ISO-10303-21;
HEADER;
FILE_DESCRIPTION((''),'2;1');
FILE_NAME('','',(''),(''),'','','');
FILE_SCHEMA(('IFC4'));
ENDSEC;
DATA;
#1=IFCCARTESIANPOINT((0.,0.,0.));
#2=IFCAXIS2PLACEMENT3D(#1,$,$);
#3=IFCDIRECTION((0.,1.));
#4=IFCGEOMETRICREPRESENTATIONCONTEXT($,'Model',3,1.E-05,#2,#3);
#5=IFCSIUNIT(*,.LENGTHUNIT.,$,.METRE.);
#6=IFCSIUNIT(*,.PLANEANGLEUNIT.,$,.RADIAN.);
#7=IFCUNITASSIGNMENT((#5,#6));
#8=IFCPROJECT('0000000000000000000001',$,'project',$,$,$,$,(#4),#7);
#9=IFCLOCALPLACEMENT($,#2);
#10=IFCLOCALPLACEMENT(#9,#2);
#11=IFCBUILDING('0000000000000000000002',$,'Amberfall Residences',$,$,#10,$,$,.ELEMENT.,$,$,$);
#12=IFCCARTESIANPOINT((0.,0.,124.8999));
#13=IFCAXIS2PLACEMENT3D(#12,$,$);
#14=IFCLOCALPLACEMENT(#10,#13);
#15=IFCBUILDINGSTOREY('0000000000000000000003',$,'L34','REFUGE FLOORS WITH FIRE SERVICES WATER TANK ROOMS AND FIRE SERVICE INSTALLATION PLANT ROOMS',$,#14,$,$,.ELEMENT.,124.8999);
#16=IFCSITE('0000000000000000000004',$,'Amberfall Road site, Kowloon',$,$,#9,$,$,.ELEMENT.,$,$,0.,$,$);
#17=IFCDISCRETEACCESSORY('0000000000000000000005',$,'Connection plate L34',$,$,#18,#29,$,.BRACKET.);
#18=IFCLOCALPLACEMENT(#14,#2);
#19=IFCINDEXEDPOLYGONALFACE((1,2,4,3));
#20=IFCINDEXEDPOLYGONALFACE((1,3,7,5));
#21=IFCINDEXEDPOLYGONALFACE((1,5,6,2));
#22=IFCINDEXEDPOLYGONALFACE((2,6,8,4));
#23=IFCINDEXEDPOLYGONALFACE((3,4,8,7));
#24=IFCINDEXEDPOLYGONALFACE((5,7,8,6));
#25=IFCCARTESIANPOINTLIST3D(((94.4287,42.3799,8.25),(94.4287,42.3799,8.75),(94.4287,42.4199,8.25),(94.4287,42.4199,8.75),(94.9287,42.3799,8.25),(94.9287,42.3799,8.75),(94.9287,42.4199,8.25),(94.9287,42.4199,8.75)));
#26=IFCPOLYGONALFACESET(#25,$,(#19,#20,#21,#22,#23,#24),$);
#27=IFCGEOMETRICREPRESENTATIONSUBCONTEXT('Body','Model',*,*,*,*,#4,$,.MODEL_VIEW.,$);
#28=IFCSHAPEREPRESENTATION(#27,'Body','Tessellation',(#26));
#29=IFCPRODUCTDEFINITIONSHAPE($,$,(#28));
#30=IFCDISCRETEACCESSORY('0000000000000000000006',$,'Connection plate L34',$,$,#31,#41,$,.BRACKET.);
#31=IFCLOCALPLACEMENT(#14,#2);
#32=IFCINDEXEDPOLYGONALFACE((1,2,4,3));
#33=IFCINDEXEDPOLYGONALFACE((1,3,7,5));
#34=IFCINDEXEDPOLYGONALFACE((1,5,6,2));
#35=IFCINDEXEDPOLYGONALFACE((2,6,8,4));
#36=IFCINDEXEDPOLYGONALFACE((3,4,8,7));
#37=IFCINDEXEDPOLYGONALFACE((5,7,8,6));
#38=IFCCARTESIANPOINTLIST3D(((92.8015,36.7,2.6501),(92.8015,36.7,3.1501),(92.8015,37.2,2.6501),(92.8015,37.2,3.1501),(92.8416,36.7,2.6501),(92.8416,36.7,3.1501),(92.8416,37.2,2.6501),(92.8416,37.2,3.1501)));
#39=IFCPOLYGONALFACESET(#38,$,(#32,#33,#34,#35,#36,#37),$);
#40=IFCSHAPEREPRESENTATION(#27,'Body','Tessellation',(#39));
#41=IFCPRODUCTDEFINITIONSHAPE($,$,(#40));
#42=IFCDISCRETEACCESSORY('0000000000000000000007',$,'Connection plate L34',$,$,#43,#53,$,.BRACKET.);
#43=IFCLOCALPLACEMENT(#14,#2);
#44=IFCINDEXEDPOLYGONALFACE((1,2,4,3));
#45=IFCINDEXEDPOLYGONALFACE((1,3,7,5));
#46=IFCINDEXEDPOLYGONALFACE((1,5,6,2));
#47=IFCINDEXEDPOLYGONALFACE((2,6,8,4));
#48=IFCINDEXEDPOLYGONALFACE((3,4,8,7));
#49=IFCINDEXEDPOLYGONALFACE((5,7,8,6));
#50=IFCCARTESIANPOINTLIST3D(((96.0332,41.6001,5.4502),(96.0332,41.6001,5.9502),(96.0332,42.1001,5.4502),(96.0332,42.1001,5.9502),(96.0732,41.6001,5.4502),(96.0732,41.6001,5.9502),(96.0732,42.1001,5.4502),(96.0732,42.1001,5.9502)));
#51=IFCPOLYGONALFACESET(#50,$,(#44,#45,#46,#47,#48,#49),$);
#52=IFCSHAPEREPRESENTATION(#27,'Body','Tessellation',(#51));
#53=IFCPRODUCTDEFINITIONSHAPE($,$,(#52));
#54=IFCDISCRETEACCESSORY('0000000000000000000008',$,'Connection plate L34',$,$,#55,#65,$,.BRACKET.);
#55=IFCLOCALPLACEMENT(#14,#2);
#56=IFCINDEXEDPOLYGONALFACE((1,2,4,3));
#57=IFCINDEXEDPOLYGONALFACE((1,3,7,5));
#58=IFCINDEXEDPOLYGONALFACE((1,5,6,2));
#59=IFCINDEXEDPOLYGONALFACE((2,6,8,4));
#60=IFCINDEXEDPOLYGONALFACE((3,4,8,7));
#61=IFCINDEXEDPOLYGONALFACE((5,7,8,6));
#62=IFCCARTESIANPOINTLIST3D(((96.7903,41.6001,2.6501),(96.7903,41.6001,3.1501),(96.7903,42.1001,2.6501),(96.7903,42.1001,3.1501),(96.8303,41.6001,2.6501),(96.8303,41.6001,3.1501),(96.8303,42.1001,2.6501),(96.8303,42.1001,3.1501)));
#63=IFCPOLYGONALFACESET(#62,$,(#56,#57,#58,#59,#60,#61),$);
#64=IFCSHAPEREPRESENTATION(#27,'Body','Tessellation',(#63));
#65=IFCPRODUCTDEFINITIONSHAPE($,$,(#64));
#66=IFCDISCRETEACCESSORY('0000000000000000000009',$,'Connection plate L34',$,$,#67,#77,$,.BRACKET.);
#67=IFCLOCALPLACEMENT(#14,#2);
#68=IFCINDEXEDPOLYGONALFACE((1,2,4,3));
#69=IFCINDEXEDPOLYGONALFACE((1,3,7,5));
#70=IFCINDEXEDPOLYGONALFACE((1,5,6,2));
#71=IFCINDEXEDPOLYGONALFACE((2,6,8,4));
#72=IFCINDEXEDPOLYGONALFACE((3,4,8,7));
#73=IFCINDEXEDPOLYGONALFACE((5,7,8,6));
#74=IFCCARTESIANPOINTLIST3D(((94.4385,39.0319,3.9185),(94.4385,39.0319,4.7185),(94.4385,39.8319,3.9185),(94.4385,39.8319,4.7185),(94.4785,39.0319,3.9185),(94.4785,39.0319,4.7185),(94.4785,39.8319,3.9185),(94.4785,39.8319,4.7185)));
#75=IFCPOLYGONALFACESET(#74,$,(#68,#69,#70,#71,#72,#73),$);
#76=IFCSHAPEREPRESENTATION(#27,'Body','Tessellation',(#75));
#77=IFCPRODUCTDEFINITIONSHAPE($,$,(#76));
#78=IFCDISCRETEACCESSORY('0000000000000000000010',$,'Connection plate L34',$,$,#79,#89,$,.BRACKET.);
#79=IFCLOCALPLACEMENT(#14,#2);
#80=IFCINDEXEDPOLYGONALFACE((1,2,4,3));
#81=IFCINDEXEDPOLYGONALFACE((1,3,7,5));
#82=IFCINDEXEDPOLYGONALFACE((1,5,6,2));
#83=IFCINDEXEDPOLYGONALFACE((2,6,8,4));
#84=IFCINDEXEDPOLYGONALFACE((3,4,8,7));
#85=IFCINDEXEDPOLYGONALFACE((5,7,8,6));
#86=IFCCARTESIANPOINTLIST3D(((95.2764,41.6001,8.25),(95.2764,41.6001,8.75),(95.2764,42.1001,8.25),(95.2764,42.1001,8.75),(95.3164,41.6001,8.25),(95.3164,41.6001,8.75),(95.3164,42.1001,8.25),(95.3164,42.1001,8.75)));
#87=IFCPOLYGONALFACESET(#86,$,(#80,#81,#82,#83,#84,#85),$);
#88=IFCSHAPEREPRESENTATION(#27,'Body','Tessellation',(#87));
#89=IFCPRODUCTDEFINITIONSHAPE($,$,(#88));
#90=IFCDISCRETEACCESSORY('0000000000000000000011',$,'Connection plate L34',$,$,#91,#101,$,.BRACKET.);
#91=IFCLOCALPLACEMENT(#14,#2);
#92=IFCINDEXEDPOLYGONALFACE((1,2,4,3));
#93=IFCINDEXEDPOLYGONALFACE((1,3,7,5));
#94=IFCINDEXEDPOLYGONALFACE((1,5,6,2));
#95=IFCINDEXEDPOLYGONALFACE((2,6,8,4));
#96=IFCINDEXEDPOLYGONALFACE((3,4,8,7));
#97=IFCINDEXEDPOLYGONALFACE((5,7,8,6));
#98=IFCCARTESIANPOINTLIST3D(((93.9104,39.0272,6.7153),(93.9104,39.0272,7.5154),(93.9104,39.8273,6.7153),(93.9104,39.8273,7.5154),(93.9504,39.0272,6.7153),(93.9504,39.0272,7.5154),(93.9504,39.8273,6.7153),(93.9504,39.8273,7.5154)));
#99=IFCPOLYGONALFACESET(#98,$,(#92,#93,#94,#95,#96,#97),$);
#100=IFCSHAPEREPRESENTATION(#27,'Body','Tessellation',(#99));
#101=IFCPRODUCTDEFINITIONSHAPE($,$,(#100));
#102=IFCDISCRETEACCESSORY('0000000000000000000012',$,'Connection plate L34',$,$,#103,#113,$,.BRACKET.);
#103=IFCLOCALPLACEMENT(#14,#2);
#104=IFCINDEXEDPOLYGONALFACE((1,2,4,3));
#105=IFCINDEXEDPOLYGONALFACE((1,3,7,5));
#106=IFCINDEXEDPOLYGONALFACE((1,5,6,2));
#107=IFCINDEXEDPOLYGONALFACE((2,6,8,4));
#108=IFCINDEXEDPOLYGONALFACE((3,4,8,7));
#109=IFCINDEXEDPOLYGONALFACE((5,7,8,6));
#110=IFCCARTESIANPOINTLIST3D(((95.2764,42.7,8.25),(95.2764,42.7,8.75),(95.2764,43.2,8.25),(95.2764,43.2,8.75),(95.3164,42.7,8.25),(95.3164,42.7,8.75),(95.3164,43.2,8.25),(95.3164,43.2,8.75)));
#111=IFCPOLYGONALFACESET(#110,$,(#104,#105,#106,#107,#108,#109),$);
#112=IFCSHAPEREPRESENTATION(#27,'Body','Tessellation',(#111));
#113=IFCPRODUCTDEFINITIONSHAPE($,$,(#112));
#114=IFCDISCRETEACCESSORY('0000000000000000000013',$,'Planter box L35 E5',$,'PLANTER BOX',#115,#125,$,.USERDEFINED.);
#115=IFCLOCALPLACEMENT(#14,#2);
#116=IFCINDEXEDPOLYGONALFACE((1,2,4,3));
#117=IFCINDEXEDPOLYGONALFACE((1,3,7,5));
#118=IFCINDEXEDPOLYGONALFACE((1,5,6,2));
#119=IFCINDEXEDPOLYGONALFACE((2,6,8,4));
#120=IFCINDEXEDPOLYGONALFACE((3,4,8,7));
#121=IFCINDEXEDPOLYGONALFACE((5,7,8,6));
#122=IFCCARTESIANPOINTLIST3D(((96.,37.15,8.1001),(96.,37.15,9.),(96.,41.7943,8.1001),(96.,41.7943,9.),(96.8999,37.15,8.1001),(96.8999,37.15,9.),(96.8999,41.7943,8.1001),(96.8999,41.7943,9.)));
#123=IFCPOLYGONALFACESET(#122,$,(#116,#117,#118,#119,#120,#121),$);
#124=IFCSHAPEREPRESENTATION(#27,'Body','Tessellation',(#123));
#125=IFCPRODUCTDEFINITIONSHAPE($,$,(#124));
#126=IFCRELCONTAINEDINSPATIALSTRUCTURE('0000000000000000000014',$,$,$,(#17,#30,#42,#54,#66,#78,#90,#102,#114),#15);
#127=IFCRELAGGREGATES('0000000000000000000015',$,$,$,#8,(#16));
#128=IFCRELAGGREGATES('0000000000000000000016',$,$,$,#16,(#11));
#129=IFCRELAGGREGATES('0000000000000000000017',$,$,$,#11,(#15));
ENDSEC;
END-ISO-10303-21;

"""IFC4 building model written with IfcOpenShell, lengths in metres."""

from ifc_helpers import new_model, si_unit, direction, frame, origin, origin_2d, place, context, subcontext, project, spatial, rectangle, extrude, element, save


model = new_model("IFC4")

# Units and contexts
model_context = context("Model", 3, precision=1e-05, world=origin(), true_north=direction((0.0, 1.0)))
body_context = subcontext(model_context, "Body", "Model", "MODEL_VIEW")
ifc_project = project(units=[si_unit("LENGTHUNIT", "METRE"), si_unit("PLANEANGLEUNIT", "RADIAN")], contexts=[model_context])

# Site, building, storey
site_placement = place(None, origin())
site = spatial("IfcSite", under=ifc_project, at=site_placement, Name="Amberfall Road site, Kowloon", CompositionType="ELEMENT", RefElevation=0.0)
building_placement = place(site_placement, origin())
building = spatial("IfcBuilding", under=site, at=building_placement, Name="Amberfall Residences", CompositionType="ELEMENT")
storey_placement = place(building_placement, frame((0.0, 0.0, 124.8999)))
storey = spatial("IfcBuildingStorey", under=building, at=storey_placement, Name="L34", Description="REFUGE FLOORS WITH FIRE SERVICES WATER TANK ROOMS AND FIRE SERVICE INSTALLATION PLANT ROOMS", CompositionType="ELEMENT", Elevation=124.8999)

# Discrete accessories
for number, where, z_axis, x_axis, name in (
    (1, (94.6787, 42.3999, 8.25), (0.0, 0.0, 1.0), (1.0, 0.0, 0.0), "Connection plate L34"),
    (2, (92.8215, 36.95, 2.6501), (0.0, 0.0, 1.0), (0.0, 1.0, 0.0), "Connection plate L34"),
    (3, (96.0532, 41.8501, 5.4502), (0.0, 0.0, 1.0), (0.0, 1.0, 0.0), "Connection plate L34"),
    (4, (96.8103, 41.8501, 2.6501), (0.0, 0.0, 1.0), (0.0, 1.0, 0.0), "Connection plate L34"),
):
    element("IfcDiscreteAccessory", number, at=place(storey_placement, frame(where, z_axis=z_axis, x_axis=x_axis)), inside=storey, Name=name, PredefinedType="BRACKET", context=body_context, shape_type="SweptSolid", body=[
        extrude(rectangle(XDim=0.5, YDim=0.04, at=origin_2d()), origin(), (0.0, 0.0, 1.0), 0.5),
    ])
discrete_accessory_1_placement = place(storey_placement, frame((94.4585, 39.4319, 3.9185), z_axis=(0.0, 0.0, 1.0), x_axis=(0.0, 1.0, 0.0)))
element("IfcDiscreteAccessory", 5, at=discrete_accessory_1_placement, inside=storey, Name="Connection plate L34", PredefinedType="BRACKET", context=body_context, shape_type="SweptSolid", body=[
    extrude(rectangle(XDim=0.8, YDim=0.04, at=origin_2d()), origin(), (0.0, 0.0, 1.0), 0.8),
])
discrete_accessory_2_placement = place(storey_placement, frame((95.2964, 41.8501, 8.25), z_axis=(0.0, 0.0, 1.0), x_axis=(0.0, 1.0, 0.0)))
element("IfcDiscreteAccessory", 6, at=discrete_accessory_2_placement, inside=storey, Name="Connection plate L34", PredefinedType="BRACKET", context=body_context, shape_type="SweptSolid", body=[
    extrude(rectangle(XDim=0.5, YDim=0.04, at=origin_2d()), origin(), (0.0, 0.0, 1.0), 0.5),
])
discrete_accessory_3_placement = place(storey_placement, frame((93.9304, 39.4272, 6.7153), z_axis=(0.0, 0.0, 1.0), x_axis=(0.0, 1.0, 0.0)))
element("IfcDiscreteAccessory", 7, at=discrete_accessory_3_placement, inside=storey, Name="Connection plate L34", PredefinedType="BRACKET", context=body_context, shape_type="SweptSolid", body=[
    extrude(rectangle(XDim=0.8, YDim=0.04, at=origin_2d()), origin(), (0.0, 0.0, 1.0), 0.8),
])
discrete_accessory_4_placement = place(storey_placement, frame((95.2964, 42.95, 8.25), z_axis=(0.0, 0.0, 1.0), x_axis=(0.0, 1.0, 0.0)))
element("IfcDiscreteAccessory", 8, at=discrete_accessory_4_placement, inside=storey, Name="Connection plate L34", PredefinedType="BRACKET", context=body_context, shape_type="SweptSolid", body=[
    extrude(rectangle(XDim=0.5, YDim=0.04, at=origin_2d()), origin(), (0.0, 0.0, 1.0), 0.5),
])
discrete_accessory_5_placement = place(storey_placement, frame((96.45, 39.4722, 8.1001), z_axis=(0.0, 0.0, 1.0), x_axis=(0.0, 1.0, 0.0)))
element("IfcDiscreteAccessory", 9, at=discrete_accessory_5_placement, inside=storey, Name="Planter box L35 E5", ObjectType="PLANTER BOX", PredefinedType="USERDEFINED", context=body_context, shape_type="SweptSolid", body=[
    extrude(rectangle(XDim=4.6443, YDim=0.8999, at=origin_2d()), origin(), (0.0, 0.0, 1.0), 0.8999),
])

save(model, "model.ifc")
